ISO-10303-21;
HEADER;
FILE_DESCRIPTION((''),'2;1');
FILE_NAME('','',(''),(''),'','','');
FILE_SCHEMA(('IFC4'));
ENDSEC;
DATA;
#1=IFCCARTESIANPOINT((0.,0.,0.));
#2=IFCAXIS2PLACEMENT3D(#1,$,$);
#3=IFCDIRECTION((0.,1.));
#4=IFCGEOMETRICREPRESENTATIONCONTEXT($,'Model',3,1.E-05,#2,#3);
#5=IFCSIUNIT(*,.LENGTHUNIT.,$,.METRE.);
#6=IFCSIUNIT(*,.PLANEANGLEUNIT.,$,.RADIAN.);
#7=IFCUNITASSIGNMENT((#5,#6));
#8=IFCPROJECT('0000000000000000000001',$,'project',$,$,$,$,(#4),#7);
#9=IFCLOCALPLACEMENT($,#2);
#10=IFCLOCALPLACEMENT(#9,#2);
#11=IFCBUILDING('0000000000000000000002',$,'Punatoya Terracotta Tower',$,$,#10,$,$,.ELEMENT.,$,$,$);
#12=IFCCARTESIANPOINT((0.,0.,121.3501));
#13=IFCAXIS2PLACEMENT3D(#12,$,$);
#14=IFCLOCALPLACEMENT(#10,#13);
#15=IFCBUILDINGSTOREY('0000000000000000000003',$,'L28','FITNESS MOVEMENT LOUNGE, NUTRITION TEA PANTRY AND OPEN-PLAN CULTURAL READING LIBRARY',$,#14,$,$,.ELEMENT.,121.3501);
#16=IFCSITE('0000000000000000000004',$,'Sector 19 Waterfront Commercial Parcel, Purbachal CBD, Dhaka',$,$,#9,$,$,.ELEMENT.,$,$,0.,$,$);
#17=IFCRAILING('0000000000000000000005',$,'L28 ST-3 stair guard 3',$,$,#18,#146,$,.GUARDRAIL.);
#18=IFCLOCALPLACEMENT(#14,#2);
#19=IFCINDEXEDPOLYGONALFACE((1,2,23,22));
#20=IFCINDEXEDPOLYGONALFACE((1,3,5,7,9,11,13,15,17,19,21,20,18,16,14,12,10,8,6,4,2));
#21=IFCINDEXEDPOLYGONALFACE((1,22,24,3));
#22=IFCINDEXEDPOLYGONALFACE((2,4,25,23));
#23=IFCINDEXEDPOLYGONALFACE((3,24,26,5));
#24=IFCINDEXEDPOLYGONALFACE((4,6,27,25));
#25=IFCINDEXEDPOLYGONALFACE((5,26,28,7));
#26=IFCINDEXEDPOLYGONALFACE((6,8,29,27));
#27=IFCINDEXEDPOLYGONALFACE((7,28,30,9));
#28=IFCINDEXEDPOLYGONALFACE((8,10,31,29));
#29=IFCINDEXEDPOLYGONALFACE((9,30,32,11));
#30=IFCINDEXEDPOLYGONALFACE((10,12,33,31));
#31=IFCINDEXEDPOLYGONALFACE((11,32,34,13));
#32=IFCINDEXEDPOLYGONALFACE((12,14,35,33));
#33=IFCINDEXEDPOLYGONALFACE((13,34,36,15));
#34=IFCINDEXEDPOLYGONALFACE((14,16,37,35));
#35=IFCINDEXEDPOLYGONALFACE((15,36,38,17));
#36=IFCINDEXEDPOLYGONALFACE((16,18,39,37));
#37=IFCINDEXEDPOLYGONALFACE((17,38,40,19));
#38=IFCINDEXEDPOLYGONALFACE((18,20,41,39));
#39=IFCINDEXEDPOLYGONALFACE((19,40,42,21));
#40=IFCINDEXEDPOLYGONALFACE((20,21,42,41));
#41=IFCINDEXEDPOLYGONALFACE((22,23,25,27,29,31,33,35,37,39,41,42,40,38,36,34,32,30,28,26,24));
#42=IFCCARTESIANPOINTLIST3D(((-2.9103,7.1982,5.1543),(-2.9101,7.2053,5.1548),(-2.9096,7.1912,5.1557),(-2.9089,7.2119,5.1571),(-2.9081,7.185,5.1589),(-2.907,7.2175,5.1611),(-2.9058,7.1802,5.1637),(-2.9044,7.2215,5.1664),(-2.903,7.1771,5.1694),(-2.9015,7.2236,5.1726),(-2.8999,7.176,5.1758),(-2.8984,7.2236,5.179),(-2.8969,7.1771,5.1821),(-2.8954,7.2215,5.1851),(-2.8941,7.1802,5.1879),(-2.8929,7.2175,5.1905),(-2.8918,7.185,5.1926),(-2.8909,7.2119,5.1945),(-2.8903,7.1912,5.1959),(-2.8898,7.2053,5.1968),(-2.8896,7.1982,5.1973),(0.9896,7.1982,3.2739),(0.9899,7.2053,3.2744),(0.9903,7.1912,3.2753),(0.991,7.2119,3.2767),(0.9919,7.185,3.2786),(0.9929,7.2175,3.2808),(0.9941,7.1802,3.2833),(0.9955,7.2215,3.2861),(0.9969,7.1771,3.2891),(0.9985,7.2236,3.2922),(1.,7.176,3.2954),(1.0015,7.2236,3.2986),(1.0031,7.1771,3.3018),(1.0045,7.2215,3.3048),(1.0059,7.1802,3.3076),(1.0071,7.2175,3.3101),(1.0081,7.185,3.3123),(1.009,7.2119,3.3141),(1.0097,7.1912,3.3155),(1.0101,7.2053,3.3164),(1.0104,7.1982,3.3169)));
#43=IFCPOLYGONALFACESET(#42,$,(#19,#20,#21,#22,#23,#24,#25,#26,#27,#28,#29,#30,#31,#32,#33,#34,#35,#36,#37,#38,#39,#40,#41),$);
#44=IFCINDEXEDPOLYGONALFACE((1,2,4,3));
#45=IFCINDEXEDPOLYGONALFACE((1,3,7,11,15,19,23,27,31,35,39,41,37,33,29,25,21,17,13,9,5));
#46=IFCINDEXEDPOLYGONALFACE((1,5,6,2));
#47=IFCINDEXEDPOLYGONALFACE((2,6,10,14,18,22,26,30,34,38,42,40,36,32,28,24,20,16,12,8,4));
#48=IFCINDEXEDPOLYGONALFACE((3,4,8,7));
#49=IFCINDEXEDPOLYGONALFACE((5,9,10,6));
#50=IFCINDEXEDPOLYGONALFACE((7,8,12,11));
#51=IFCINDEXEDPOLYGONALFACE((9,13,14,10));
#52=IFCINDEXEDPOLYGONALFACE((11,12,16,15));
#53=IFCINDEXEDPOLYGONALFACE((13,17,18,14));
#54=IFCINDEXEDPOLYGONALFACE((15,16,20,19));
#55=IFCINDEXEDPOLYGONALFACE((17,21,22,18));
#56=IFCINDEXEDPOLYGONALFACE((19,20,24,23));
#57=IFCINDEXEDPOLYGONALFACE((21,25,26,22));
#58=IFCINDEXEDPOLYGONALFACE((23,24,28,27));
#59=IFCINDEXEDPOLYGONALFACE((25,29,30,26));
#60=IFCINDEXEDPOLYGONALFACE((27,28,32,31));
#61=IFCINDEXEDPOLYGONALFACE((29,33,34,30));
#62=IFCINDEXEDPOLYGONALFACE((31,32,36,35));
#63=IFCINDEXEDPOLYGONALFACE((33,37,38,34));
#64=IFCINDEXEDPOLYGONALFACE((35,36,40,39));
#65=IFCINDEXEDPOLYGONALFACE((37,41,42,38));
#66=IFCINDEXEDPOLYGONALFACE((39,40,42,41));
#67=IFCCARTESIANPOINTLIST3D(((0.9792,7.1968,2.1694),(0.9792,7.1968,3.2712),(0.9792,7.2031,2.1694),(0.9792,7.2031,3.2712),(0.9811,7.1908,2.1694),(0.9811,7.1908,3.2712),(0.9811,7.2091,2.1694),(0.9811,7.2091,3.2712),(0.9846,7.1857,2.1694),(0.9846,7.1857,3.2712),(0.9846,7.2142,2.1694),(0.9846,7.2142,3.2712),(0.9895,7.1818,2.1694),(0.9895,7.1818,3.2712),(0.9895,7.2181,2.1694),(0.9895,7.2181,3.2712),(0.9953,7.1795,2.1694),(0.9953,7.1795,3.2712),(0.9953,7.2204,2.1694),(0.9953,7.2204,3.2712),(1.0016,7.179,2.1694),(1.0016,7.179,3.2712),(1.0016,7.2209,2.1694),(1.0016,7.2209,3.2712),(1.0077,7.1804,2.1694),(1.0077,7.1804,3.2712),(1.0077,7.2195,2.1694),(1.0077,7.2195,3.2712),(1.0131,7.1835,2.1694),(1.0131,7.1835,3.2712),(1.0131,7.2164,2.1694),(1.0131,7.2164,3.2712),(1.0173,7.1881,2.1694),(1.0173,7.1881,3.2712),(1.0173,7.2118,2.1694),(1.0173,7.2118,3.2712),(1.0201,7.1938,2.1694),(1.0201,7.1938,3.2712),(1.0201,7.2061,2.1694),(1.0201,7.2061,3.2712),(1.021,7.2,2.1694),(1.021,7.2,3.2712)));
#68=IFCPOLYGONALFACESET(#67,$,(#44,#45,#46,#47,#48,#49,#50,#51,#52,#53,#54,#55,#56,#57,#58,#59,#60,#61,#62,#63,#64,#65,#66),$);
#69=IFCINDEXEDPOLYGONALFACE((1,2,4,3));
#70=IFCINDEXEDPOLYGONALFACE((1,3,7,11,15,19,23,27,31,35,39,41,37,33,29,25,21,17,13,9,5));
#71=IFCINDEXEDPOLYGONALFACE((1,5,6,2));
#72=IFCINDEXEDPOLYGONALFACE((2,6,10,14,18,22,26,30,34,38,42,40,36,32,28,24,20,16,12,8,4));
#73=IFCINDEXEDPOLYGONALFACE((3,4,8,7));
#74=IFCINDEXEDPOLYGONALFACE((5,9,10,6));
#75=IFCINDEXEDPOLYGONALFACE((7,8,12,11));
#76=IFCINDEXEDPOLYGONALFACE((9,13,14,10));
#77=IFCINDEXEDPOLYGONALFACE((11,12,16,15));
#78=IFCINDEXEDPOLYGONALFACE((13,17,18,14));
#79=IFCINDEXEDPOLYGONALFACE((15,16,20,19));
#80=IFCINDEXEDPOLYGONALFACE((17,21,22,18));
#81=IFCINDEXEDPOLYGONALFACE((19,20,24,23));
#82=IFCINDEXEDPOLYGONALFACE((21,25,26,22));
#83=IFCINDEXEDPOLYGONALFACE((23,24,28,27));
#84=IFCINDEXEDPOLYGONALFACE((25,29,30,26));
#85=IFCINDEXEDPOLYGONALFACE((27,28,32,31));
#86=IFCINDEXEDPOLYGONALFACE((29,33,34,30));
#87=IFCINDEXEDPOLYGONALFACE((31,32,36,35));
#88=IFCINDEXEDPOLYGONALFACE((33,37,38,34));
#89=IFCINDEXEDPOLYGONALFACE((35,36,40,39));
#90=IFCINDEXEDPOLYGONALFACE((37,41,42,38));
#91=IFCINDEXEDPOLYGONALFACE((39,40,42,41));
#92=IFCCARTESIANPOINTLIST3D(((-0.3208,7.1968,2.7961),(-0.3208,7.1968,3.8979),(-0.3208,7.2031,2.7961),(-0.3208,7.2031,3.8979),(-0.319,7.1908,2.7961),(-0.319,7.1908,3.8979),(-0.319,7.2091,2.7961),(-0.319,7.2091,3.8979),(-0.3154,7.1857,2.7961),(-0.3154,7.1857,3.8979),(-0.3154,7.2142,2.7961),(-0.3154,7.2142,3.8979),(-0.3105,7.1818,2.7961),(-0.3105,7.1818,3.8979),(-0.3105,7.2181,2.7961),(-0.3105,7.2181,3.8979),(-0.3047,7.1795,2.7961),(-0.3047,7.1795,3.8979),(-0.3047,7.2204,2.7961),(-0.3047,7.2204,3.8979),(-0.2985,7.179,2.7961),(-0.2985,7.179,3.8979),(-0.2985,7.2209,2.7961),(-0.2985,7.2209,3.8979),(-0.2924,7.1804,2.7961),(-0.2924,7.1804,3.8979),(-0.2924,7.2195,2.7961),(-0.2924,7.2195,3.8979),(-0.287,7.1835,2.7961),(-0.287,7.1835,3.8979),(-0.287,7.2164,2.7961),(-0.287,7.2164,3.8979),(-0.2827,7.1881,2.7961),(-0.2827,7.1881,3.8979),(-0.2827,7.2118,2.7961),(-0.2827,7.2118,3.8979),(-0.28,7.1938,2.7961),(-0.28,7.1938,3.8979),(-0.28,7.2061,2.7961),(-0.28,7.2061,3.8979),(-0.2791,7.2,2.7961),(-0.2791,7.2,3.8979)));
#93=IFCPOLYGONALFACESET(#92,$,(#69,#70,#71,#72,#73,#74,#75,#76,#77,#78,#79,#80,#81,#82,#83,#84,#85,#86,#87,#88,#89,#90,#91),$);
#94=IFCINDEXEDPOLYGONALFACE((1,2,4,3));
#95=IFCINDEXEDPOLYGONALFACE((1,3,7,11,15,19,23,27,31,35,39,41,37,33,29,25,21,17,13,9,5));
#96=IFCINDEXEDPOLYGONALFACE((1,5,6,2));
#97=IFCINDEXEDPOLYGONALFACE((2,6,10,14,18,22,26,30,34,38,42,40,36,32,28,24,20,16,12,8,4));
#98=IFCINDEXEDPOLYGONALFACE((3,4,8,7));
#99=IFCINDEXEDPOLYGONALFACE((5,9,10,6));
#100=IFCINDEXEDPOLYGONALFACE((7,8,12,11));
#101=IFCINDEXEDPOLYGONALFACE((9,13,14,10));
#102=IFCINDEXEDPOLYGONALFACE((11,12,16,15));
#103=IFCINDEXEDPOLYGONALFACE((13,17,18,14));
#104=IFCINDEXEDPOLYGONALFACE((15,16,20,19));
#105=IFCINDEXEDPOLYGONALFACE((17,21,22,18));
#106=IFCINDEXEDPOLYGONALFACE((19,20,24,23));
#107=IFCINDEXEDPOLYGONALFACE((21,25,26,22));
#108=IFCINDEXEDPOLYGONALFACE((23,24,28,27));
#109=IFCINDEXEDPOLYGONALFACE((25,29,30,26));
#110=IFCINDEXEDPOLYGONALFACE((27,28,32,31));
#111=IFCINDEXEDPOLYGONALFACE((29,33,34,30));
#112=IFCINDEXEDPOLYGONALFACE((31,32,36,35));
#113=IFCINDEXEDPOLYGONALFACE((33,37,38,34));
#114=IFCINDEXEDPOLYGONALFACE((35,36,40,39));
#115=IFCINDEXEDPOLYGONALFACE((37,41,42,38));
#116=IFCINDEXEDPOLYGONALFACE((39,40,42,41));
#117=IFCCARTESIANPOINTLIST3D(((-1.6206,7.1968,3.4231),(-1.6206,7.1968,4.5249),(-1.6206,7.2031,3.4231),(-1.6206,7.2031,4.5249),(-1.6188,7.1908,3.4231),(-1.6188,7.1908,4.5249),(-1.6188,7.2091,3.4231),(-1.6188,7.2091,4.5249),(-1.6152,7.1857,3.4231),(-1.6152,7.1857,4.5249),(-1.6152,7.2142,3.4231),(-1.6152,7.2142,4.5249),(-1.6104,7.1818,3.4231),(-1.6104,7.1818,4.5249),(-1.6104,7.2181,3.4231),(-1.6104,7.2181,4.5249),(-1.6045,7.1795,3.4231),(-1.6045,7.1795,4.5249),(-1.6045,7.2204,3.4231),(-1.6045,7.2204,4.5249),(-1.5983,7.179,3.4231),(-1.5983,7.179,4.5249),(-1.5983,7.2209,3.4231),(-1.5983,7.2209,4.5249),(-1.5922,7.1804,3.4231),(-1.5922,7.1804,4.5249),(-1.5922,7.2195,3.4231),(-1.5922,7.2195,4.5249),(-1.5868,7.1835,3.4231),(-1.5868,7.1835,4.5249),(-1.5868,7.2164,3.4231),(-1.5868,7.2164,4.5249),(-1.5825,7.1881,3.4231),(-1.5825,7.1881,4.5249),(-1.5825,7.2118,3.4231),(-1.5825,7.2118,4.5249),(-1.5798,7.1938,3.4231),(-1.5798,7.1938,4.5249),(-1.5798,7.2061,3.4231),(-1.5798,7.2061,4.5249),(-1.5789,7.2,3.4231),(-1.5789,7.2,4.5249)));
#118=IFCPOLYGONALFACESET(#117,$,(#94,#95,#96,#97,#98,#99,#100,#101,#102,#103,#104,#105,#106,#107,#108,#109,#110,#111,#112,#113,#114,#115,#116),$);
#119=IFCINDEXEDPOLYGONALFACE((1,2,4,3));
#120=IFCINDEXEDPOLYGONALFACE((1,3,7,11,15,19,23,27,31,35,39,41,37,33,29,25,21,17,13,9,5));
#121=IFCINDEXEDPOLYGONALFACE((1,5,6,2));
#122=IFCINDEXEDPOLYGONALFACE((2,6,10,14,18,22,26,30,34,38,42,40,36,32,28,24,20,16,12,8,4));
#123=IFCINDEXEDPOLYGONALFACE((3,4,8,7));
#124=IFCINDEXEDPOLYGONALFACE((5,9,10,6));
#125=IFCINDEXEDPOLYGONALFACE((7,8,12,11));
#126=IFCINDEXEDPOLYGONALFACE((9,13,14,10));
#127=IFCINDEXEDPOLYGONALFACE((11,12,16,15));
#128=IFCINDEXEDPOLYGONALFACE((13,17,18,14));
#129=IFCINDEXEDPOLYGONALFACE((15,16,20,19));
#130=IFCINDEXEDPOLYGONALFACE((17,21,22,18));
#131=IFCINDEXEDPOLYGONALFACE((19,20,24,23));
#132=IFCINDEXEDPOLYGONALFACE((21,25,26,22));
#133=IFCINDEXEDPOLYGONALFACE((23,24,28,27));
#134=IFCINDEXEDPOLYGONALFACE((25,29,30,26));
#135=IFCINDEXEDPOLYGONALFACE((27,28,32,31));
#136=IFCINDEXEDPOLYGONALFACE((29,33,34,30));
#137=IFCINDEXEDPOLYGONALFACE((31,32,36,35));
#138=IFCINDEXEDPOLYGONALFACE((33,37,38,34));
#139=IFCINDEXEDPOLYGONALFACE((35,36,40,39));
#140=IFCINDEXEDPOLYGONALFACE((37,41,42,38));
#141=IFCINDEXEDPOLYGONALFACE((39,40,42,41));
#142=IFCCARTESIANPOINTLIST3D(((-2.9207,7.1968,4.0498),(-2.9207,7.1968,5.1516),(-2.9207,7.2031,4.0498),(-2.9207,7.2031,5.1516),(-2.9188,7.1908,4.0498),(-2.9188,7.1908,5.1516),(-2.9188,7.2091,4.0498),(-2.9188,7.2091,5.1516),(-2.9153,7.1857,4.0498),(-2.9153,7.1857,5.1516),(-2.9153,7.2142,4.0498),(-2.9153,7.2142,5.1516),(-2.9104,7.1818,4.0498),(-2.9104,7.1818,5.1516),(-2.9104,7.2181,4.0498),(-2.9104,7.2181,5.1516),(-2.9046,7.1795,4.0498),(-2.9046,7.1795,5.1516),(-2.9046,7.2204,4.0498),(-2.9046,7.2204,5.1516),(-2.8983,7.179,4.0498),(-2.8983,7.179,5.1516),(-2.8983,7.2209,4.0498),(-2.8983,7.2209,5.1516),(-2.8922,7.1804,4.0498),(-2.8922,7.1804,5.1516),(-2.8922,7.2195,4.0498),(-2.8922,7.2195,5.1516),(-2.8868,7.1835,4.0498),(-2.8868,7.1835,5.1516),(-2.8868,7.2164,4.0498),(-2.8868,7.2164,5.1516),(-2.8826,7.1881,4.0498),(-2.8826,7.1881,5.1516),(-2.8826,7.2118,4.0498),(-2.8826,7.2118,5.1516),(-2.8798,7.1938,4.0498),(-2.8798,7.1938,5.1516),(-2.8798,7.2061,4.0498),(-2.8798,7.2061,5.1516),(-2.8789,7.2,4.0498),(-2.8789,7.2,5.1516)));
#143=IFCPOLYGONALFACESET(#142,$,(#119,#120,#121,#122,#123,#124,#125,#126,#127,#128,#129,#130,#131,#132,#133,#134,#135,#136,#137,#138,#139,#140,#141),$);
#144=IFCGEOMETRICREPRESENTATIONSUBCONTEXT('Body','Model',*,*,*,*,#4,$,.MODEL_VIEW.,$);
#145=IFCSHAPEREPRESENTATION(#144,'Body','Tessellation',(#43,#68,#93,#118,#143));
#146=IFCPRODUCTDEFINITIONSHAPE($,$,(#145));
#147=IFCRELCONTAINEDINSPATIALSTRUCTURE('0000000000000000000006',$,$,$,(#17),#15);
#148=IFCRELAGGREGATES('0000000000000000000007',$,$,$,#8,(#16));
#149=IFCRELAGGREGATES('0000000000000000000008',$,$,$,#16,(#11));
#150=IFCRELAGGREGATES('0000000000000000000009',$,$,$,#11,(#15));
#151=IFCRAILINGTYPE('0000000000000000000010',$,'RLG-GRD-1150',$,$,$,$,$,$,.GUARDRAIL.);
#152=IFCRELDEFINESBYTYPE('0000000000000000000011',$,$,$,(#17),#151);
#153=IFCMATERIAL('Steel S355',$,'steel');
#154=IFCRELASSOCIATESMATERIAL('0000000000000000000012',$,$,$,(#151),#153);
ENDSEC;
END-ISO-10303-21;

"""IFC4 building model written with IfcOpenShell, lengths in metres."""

from ifc_helpers import new_model, si_unit, direction, frame, origin, origin_2d, place, context, subcontext, project, spatial, circle, extrude, material, type_object, element, save


model = new_model("IFC4")

# Units and contexts
model_context = context("Model", 3, precision=1e-05, world=origin(), true_north=direction((0.0, 1.0)))
body_context = subcontext(model_context, "Body", "Model", "MODEL_VIEW")
ifc_project = project(units=[si_unit("LENGTHUNIT", "METRE"), si_unit("PLANEANGLEUNIT", "RADIAN")], contexts=[model_context])

# Site, building, storey
site_placement = place(None, origin())
site = spatial("IfcSite", under=ifc_project, at=site_placement, Name="Sector 19 Waterfront Commercial Parcel, Purbachal CBD, Dhaka", CompositionType="ELEMENT", RefElevation=0.0)
building_placement = place(site_placement, origin())
building = spatial("IfcBuilding", under=site, at=building_placement, Name="Punatoya Terracotta Tower", CompositionType="ELEMENT")
storey_placement = place(building_placement, frame((0.0, 0.0, 121.3501)))
storey = spatial("IfcBuildingStorey", under=building, at=storey_placement, Name="L28", Description="FITNESS MOVEMENT LOUNGE, NUTRITION TEA PANTRY AND OPEN-PLAN CULTURAL READING LIBRARY", CompositionType="ELEMENT", Elevation=121.3501)

# Shared definitions
ifc_material_1 = material(Name="Steel S355", Category="steel")

# Railing
railing_type_1 = type_object("IfcRailingType", Name="RLG-GRD-1150", PredefinedType="GUARDRAIL", material=ifc_material_1)
railing_1_placement = place(storey_placement, frame((1.0, 7.2, 2.1694)))
element("IfcRailing", 1, at=railing_1_placement, inside=storey, type_object=railing_type_1, Name="L28 ST-3 stair guard 3", PredefinedType="GUARDRAIL", context=body_context, shape_type="SweptSolid", body=[
    extrude(circle(Radius=0.0239, at=origin_2d()), frame((0.0, 0.0, 1.126), z_axis=(-0.900763, 0.0, 0.434311), x_axis=(0.0, -1.0, 0.0)), (0.0, 0.0, 1.0), 4.3296),
    extrude(circle(Radius=0.021, at=origin_2d()), origin(), (0.0, 0.0, 1.0), 1.1018),
    extrude(circle(Radius=0.021, at=origin_2d()), frame((-1.3, 0.0, 0.6267)), (0.0, 0.0, 1.0), 1.1018),
    extrude(circle(Radius=0.021, at=origin_2d()), frame((-2.5999, 0.0, 1.2537)), (0.0, 0.0, 1.0), 1.1018),
    extrude(circle(Radius=0.021, at=origin_2d()), frame((-3.8999, 0.0, 1.8804)), (0.0, 0.0, 1.0), 1.1018),
])

save(model, "model.ifc")
